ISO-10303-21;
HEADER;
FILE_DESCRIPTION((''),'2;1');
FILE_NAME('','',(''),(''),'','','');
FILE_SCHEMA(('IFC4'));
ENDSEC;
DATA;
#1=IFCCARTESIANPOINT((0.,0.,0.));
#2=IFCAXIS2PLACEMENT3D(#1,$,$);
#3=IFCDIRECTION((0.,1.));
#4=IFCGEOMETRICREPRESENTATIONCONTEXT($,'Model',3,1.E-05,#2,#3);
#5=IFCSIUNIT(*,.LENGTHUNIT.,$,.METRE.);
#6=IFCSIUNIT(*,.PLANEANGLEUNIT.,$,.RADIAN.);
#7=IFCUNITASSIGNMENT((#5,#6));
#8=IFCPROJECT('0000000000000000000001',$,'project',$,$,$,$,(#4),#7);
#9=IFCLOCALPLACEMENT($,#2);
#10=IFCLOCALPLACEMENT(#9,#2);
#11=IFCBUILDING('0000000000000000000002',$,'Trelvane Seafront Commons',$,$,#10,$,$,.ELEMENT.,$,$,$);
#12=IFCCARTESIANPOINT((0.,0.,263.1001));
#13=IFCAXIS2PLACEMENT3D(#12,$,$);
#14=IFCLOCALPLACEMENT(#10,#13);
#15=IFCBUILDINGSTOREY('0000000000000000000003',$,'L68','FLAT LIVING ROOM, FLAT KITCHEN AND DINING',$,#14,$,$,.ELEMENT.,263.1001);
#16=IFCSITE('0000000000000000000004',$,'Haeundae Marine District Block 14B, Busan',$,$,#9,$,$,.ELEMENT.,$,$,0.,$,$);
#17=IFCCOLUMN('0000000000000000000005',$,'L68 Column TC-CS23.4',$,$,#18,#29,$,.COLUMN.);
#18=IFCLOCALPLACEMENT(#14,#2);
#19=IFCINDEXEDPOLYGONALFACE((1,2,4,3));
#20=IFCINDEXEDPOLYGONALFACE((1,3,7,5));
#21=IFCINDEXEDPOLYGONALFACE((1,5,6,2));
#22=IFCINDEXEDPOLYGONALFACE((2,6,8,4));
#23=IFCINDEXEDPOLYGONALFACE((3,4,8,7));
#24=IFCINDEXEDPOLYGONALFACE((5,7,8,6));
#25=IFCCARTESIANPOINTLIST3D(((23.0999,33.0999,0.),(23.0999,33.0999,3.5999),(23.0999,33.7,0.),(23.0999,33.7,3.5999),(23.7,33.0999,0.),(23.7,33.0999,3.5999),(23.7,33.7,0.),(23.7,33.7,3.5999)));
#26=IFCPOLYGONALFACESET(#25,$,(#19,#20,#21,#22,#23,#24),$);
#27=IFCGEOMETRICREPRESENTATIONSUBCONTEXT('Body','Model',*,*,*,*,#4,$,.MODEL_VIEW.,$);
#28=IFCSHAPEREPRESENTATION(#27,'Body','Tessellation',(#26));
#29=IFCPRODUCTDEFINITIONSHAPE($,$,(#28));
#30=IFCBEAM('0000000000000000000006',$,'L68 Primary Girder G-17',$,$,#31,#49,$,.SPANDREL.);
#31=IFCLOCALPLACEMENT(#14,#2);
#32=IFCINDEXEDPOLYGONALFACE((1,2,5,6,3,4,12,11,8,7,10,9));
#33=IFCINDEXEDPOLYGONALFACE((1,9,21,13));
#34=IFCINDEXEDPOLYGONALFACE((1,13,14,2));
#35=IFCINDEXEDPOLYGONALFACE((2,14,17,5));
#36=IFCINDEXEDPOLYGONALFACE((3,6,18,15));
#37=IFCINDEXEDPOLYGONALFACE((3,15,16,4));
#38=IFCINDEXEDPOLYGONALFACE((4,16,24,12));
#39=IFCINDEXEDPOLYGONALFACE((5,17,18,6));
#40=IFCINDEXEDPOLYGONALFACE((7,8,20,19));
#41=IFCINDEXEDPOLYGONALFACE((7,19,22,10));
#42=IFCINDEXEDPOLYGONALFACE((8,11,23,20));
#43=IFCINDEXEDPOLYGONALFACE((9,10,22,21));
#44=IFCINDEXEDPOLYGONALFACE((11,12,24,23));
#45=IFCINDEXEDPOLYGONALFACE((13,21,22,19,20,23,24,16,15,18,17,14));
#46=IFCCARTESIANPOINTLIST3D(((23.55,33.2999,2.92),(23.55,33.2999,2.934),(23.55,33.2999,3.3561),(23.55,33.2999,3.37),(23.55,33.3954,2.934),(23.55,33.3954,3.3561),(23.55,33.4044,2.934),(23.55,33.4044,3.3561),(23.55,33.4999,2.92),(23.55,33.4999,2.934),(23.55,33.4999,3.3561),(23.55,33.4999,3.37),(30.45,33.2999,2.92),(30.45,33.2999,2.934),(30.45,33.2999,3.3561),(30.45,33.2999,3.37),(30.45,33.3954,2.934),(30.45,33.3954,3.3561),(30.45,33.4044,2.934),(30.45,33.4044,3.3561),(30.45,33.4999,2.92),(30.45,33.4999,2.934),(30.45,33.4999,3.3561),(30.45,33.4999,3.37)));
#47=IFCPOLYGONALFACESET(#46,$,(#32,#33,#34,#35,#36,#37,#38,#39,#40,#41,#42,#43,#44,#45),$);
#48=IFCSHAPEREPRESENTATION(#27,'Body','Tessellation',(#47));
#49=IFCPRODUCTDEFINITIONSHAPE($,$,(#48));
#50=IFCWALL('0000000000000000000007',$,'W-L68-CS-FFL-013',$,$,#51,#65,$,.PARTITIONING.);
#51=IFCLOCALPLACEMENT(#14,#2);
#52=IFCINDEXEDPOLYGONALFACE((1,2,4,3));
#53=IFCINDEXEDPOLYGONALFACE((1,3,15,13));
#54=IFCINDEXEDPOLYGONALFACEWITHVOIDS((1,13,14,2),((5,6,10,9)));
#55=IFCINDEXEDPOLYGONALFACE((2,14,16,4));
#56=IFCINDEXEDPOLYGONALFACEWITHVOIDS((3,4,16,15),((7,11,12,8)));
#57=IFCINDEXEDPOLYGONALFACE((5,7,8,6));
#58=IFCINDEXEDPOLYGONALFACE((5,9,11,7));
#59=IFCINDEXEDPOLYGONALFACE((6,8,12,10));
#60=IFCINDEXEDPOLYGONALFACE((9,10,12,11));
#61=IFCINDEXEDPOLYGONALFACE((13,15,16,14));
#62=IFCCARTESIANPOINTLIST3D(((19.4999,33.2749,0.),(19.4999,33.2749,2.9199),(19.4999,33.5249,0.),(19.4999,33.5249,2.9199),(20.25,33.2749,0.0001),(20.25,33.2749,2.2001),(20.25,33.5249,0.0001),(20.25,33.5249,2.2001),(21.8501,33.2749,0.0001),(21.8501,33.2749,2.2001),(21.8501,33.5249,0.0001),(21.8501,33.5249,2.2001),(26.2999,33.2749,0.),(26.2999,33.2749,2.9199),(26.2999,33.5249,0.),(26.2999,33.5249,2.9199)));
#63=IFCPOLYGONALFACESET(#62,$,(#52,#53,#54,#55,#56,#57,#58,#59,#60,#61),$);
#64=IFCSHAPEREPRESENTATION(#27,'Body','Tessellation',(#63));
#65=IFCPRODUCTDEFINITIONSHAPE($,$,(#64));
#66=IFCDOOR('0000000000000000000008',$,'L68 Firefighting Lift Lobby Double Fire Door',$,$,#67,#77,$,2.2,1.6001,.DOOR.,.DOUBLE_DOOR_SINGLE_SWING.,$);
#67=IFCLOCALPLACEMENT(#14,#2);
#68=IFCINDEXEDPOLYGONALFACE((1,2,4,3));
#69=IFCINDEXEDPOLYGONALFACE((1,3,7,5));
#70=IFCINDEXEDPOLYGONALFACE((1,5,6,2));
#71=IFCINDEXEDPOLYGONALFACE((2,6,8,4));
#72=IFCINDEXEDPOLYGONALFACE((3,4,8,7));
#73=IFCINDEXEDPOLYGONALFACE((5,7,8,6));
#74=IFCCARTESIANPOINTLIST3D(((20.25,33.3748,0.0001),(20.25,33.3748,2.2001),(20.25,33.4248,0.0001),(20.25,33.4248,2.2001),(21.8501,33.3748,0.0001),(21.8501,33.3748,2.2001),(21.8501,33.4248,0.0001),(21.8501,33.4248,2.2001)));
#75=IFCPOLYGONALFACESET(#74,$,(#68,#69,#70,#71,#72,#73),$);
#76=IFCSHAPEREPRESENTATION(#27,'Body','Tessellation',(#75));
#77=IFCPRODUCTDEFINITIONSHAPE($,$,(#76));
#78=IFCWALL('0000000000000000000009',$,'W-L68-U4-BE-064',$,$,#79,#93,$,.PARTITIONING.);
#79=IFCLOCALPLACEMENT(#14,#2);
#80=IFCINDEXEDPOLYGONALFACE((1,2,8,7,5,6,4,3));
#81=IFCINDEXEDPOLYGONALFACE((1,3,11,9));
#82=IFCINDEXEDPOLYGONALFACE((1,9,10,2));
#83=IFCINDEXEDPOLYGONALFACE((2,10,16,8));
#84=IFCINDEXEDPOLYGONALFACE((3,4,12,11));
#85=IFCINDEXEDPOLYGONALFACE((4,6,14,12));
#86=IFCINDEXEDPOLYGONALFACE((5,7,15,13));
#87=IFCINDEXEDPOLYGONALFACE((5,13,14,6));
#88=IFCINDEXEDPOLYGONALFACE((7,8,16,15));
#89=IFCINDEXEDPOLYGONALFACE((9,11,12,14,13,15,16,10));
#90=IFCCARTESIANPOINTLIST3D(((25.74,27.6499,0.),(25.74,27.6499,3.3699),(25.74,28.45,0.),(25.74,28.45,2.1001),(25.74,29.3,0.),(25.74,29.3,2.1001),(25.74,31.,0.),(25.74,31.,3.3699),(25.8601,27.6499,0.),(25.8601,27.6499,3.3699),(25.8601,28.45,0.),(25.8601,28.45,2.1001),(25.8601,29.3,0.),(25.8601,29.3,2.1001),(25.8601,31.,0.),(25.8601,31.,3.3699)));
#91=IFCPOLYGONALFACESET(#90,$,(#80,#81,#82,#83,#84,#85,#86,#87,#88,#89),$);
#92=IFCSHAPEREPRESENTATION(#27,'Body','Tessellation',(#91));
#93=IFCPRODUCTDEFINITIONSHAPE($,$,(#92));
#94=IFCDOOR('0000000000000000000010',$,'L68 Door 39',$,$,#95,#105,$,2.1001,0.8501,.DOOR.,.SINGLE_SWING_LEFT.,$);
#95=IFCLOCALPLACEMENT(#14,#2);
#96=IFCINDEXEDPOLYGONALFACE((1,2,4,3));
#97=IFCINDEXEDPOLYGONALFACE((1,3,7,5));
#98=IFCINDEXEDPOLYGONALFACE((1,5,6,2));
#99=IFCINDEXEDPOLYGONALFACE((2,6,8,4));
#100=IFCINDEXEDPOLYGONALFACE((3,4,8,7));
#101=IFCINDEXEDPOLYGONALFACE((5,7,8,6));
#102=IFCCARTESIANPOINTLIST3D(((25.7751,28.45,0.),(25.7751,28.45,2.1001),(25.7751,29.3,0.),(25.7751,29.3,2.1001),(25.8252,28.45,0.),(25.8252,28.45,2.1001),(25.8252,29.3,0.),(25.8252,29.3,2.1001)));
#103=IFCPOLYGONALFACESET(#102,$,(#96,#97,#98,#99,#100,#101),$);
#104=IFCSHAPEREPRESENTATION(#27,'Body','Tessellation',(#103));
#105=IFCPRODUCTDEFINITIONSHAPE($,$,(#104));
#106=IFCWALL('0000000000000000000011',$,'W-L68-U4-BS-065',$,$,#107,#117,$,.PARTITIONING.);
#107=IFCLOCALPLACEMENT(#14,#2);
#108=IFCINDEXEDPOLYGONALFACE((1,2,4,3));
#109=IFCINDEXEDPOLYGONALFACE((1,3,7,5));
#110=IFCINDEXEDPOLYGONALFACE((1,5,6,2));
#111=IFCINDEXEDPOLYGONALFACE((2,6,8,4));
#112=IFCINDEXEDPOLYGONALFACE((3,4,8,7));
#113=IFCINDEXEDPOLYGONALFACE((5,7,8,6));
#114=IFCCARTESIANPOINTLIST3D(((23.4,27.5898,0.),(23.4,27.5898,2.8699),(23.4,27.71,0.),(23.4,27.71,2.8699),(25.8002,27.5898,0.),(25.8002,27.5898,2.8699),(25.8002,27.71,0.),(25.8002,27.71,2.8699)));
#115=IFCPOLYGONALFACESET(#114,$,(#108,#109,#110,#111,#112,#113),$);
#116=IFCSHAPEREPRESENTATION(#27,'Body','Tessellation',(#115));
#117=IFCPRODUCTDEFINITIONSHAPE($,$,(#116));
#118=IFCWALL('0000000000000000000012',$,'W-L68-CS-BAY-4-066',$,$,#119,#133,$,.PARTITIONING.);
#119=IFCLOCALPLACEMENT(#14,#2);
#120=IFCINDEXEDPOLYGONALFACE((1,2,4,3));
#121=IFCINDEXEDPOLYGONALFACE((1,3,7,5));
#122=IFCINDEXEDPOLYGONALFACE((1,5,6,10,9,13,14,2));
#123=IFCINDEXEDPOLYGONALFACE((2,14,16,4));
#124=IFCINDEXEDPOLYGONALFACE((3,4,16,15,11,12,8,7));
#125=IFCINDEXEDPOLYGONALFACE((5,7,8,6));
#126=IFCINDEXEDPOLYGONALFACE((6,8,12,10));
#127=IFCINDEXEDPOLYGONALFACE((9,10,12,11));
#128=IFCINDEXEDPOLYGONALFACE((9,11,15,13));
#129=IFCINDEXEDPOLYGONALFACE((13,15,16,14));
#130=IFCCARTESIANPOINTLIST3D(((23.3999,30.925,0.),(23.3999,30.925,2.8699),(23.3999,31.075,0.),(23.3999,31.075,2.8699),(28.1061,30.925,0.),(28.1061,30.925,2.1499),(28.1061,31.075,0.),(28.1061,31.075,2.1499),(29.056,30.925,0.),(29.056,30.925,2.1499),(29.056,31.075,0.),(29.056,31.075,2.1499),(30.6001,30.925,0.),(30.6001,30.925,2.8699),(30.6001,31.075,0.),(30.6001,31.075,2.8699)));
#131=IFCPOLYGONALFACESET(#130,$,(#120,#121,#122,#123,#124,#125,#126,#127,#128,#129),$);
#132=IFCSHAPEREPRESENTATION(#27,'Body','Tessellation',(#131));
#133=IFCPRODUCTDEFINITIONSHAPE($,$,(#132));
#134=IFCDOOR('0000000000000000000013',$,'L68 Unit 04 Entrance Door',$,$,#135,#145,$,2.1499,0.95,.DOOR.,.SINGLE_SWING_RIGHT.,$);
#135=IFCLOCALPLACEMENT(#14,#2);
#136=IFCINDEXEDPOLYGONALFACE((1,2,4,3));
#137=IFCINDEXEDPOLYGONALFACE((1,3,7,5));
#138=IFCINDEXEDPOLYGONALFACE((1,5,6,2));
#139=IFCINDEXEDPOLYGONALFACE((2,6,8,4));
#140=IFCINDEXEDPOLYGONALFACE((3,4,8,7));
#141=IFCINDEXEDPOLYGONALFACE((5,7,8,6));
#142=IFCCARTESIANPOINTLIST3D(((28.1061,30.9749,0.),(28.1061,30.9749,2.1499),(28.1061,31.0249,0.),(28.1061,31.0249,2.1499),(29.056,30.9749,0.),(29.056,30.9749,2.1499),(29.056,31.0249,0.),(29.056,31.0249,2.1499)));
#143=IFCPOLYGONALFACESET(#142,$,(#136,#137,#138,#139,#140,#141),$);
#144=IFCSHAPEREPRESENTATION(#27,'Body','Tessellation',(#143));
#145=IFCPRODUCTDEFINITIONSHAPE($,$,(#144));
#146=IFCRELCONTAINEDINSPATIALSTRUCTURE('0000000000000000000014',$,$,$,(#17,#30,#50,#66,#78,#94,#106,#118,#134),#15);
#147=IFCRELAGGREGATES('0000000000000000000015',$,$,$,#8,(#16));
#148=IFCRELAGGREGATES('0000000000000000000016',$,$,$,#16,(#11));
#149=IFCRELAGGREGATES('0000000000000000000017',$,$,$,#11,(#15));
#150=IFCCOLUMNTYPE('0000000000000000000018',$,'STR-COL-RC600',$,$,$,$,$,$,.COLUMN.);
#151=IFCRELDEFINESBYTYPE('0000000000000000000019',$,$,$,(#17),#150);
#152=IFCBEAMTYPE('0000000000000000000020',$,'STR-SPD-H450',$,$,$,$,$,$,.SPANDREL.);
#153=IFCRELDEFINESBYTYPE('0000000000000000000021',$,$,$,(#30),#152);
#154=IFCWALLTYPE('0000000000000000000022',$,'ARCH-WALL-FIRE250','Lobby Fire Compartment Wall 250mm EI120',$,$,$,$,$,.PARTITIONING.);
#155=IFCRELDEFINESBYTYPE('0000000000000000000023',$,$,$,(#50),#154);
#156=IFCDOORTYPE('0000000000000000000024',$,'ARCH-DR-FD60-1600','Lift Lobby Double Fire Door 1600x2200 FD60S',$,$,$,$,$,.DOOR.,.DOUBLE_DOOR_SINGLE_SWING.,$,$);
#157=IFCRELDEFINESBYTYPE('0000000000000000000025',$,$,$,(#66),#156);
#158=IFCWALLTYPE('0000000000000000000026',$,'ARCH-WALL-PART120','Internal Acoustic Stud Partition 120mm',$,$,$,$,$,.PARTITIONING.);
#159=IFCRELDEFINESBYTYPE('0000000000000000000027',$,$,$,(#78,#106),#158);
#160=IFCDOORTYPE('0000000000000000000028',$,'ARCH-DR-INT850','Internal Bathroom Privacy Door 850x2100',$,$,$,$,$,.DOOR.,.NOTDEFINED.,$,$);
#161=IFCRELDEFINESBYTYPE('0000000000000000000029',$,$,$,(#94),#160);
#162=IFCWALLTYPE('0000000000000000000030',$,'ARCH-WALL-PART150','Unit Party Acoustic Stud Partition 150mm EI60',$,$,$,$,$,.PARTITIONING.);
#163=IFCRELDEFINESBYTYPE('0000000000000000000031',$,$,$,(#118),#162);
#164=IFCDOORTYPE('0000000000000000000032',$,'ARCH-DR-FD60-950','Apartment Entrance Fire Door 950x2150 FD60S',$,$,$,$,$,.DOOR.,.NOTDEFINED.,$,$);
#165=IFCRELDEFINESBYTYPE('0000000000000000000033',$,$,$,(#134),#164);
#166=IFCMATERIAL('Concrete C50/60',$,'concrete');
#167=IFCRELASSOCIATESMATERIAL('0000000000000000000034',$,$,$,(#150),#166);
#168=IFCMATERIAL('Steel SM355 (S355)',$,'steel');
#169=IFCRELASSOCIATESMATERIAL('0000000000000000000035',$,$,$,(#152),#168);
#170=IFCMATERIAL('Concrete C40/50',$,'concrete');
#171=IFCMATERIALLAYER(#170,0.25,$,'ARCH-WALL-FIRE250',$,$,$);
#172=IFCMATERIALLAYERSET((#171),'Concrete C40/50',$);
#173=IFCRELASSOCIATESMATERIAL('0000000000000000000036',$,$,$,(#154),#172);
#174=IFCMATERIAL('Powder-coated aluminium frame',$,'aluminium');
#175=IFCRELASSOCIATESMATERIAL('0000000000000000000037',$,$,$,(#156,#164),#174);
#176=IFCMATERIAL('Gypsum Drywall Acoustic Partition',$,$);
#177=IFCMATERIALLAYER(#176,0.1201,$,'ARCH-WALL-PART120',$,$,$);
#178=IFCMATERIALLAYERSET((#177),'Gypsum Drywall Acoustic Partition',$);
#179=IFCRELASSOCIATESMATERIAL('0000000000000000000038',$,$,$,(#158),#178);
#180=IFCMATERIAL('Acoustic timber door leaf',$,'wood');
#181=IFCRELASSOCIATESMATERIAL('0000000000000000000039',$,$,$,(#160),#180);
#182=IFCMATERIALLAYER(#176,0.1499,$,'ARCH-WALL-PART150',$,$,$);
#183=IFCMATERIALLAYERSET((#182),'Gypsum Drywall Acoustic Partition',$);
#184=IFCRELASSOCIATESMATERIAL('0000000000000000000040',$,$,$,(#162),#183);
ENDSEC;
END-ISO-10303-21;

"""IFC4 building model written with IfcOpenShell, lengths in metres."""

from ifc_helpers import new_model, si_unit, direction, frame, frame_2d, origin, origin_2d, place, context, subcontext, project, spatial, rectangle, i_section, extrude, source, transform, mapped, material, layer, layer_set, material_profile, profile_set, type_object, element, fill, save


model = new_model("IFC4")

# Units and contexts
model_context = context("Model", 3, precision=1e-05, world=origin(), true_north=direction((0.0, 1.0)))
body_context = subcontext(model_context, "Body", "Model", "MODEL_VIEW")
ifc_project = project(units=[si_unit("LENGTHUNIT", "METRE"), si_unit("PLANEANGLEUNIT", "RADIAN")], contexts=[model_context])

# Site, building, storey
site_placement = place(None, origin())
site = spatial("IfcSite", under=ifc_project, at=site_placement, Name="Haeundae Marine District Block 14B, Busan", CompositionType="ELEMENT", RefElevation=0.0)
building_placement = place(site_placement, origin())
building = spatial("IfcBuilding", under=site, at=building_placement, Name="Trelvane Seafront Commons", CompositionType="ELEMENT")
storey_placement = place(building_placement, frame((0.0, 0.0, 263.1001)))
storey = spatial("IfcBuildingStorey", under=building, at=storey_placement, Name="L68", Description="FLAT LIVING ROOM, FLAT KITCHEN AND DINING", CompositionType="ELEMENT", Elevation=263.1001)

# Column
ifc_material_1 = material(Name="Concrete C50/60", Category="concrete")
ifc_material_profile_1 = material_profile(ifc_material_1, rectangle(XDim=0.6001, YDim=0.6001, at=origin_2d()), Name="RC-600x600")
ifc_profile_set_1 = profile_set([ifc_material_profile_1], Name="Concrete C50/60")
column_type = type_object("IfcColumnType", Name="STR-COL-RC600", PredefinedType="COLUMN", material=ifc_profile_set_1)
shared_shape_1 = source(origin(), body_context, "Body", "SweptSolid", [
    extrude(rectangle(XDim=0.6001, YDim=0.6001, at=origin_2d()), origin(), (0.0, 0.0, 1.0), 3.5999),
])
column_placement = place(storey_placement, frame((23.3999, 33.3999, 0.0), z_axis=(0.0, 0.0, 1.0), x_axis=(1.0, 0.0, 0.0)))
element("IfcColumn", 1, at=column_placement, inside=storey, type_object=column_type, Name="L68 Column TC-CS23.4", PredefinedType="COLUMN", context=body_context, shape_type="MappedRepresentation", body=[
    mapped(shared_shape_1, transform((0.0, 0.0, 0.0), x_axis=(1.0, 0.0, 0.0), y_axis=(0.0, 1.0, 0.0), z_axis=(0.0, 0.0, 1.0), scale=1.0)),
])

# Beam
ifc_material_2 = material(Name="Steel SM355 (S355)", Category="steel")
ifc_material_profile_2 = material_profile(ifc_material_2, i_section(OverallWidth=0.2, OverallDepth=0.45, WebThickness=0.009, FlangeThickness=0.0139, at=origin_2d()), Name="H-450x200x9x14")
ifc_profile_set_2 = profile_set([ifc_material_profile_2], Name="Steel SM355 (S355)")
beam_type = type_object("IfcBeamType", Name="STR-SPD-H450", PredefinedType="SPANDREL", material=ifc_profile_set_2)
shared_shape_2 = source(origin(), body_context, "Body", "SweptSolid", [
    extrude(i_section(OverallWidth=0.2, OverallDepth=0.45, WebThickness=0.009, FlangeThickness=0.0139, at=origin_2d()), origin(), (0.0, 0.0, 1.0), 6.8999),
])
beam_placement = place(storey_placement, frame((23.55, 33.3999, 3.145), z_axis=(1.0, 0.0, 0.0), x_axis=(0.0, 1.0, 0.0)))
element("IfcBeam", 2, at=beam_placement, inside=storey, type_object=beam_type, Name="L68 Primary Girder G-17", PredefinedType="SPANDREL", context=body_context, shape_type="MappedRepresentation", body=[
    mapped(shared_shape_2, transform((0.0, 0.0, 0.0), x_axis=(1.0, 0.0, 0.0), y_axis=(0.0, 1.0, 0.0), z_axis=(0.0, 0.0, 1.0), scale=1.0)),
])

# Walls, openings, doors
ifc_material_3 = material(Name="Concrete C40/50", Category="concrete")
ifc_layer_1 = layer(ifc_material_3, 0.25, Name="ARCH-WALL-FIRE250")
ifc_layer_set_1 = layer_set([ifc_layer_1], Name="Concrete C40/50")
wall_type_1 = type_object("IfcWallType", Name="ARCH-WALL-FIRE250", Description="Lobby Fire Compartment Wall 250mm EI120", PredefinedType="PARTITIONING", material=ifc_layer_set_1)
wall_1_placement = place(storey_placement, frame((19.5, 33.3999, 0.0), z_axis=(0.0, 0.0, 1.0), x_axis=(1.0, 0.0, 0.0)))
wall_1 = element("IfcWall", 3, at=wall_1_placement, inside=storey, type_object=wall_type_1, Name="W-L68-CS-FFL-013", PredefinedType="PARTITIONING", context=body_context, shape_type="SweptSolid", body=[
    extrude(rectangle(XDim=6.8, YDim=0.25, at=frame_2d((3.3999, 0.0))), origin(), (0.0, 0.0, 1.0), 2.9199),
])
opening_1_placement = place(wall_1_placement, frame((0.75, 0.0, 0.0)))
opening_1 = element("IfcOpeningElement", 4, at=opening_1_placement, cuts=wall_1, PredefinedType="OPENING", context=body_context, shape_type="SweptSolid", body=[
    extrude(rectangle(XDim=1.6001, YDim=2.2, at=frame_2d((0.8, 1.1001))), frame((0.0, 0.135, 0.0), z_axis=(0.0, -1.0, 0.0), x_axis=(1.0, 0.0, 0.0)), (0.0, 0.0, 1.0), 0.27),
])
ifc_material_4 = material(Name="Powder-coated aluminium frame", Category="aluminium")
door_type_1 = type_object("IfcDoorType", Name="ARCH-DR-FD60-1600", Description="Lift Lobby Double Fire Door 1600x2200 FD60S", OperationType="DOUBLE_DOOR_SINGLE_SWING", PredefinedType="DOOR", material=ifc_material_4)
shared_shape_3 = source(origin(), body_context, "Body", "SweptSolid", [
    extrude(rectangle(XDim=1.6001, YDim=2.2, at=frame_2d((0.8, 1.1001))), frame((0.0, 0.0249, 0.0), z_axis=(0.0, -1.0, 0.0), x_axis=(1.0, 0.0, 0.0)), (0.0, 0.0, 1.0), 0.05),
])
door_1_placement = place(opening_1_placement, origin())
door_1 = element("IfcDoor", 5, at=door_1_placement, inside=storey, type_object=door_type_1, Name="L68 Firefighting Lift Lobby Double Fire Door", OperationType="DOUBLE_DOOR_SINGLE_SWING", OverallHeight=2.2, OverallWidth=1.6001, PredefinedType="DOOR", context=body_context, shape_type="MappedRepresentation", body=[
    mapped(shared_shape_3, transform((0.0, 0.0, 0.0), x_axis=(1.0, 0.0, 0.0), y_axis=(0.0, 1.0, 0.0), z_axis=(0.0, 0.0, 1.0), scale=1.0)),
])
fill(opening_1, door_1)
ifc_material_5 = material(Name="Acoustic timber door leaf", Category="wood")
shared_shape_4 = source(origin(), body_context, "Body", "SweptSolid", [
    extrude(rectangle(XDim=0.95, YDim=2.1499, at=frame_2d((0.4751, 1.075))), frame((0.0, 0.0249, 0.0), z_axis=(0.0, -1.0, 0.0), x_axis=(1.0, 0.0, 0.0)), (0.0, 0.0, 1.0), 0.05),
])
ifc_material_6 = material(Name="Gypsum Drywall Acoustic Partition")
ifc_layer_2 = layer(ifc_material_6, 0.1201, Name="ARCH-WALL-PART120")
ifc_layer_set_2 = layer_set([ifc_layer_2], Name="Gypsum Drywall Acoustic Partition")
wall_type_2 = type_object("IfcWallType", Name="ARCH-WALL-PART120", Description="Internal Acoustic Stud Partition 120mm", PredefinedType="PARTITIONING", material=ifc_layer_set_2)
wall_2_placement = place(storey_placement, frame((25.8, 27.6499, 0.0), z_axis=(0.0, 0.0, 1.0), x_axis=(0.0, 1.0, 0.0)))
wall_2 = element("IfcWall", 6, at=wall_2_placement, inside=storey, type_object=wall_type_2, Name="W-L68-U4-BE-064", PredefinedType="PARTITIONING", context=body_context, shape_type="SweptSolid", body=[
    extrude(rectangle(XDim=3.3501, YDim=0.1201, at=frame_2d((1.675, 0.0))), origin(), (0.0, 0.0, 1.0), 3.3699),
])
opening_2_placement = place(wall_2_placement, frame((0.8, 0.0, 0.0)))
opening_2 = element("IfcOpeningElement", 7, at=opening_2_placement, cuts=wall_2, PredefinedType="OPENING", context=body_context, shape_type="SweptSolid", body=[
    extrude(rectangle(XDim=0.8501, YDim=2.1001, at=frame_2d((0.425, 1.05))), frame((0.0, 0.0701, 0.0), z_axis=(0.0, -1.0, 0.0), x_axis=(1.0, 0.0, 0.0)), (0.0, 0.0, 1.0), 0.1401),
])
door_type_2 = type_object("IfcDoorType", Name="ARCH-DR-INT850", Description="Internal Bathroom Privacy Door 850x2100", OperationType="NOTDEFINED", PredefinedType="DOOR", material=ifc_material_5)
shared_shape_5 = source(origin(), body_context, "Body", "SweptSolid", [
    extrude(rectangle(XDim=0.8501, YDim=2.1001, at=frame_2d((0.425, 1.05))), frame((0.0, 0.0249, 0.0), z_axis=(0.0, -1.0, 0.0), x_axis=(1.0, 0.0, 0.0)), (0.0, 0.0, 1.0), 0.05),
])
door_2_placement = place(opening_2_placement, origin())
door_2 = element("IfcDoor", 8, at=door_2_placement, inside=storey, type_object=door_type_2, Name="L68 Door 39", OperationType="SINGLE_SWING_LEFT", OverallHeight=2.1001, OverallWidth=0.8501, PredefinedType="DOOR", context=body_context, shape_type="MappedRepresentation", body=[
    mapped(shared_shape_5, transform((0.0, 0.0, 0.0), x_axis=(1.0, 0.0, 0.0), y_axis=(0.0, 1.0, 0.0), z_axis=(0.0, 0.0, 1.0), scale=1.0)),
])
fill(opening_2, door_2)

# Wall
wall_3_placement = place(storey_placement, frame((23.3999, 27.6499, 0.0), z_axis=(0.0, 0.0, 1.0), x_axis=(1.0, 0.0, 0.0)))
element("IfcWall", 9, at=wall_3_placement, inside=storey, type_object=wall_type_2, Name="W-L68-U4-BS-065", PredefinedType="PARTITIONING", context=body_context, shape_type="SweptSolid", body=[
    extrude(rectangle(XDim=2.4001, YDim=0.1201, at=frame_2d((1.2002, 0.0))), origin(), (0.0, 0.0, 1.0), 2.8699),
])

# Wall, opening, door
ifc_layer_3 = layer(ifc_material_6, 0.1499, Name="ARCH-WALL-PART150")
ifc_layer_set_3 = layer_set([ifc_layer_3], Name="Gypsum Drywall Acoustic Partition")
wall_type_3 = type_object("IfcWallType", Name="ARCH-WALL-PART150", Description="Unit Party Acoustic Stud Partition 150mm EI60", PredefinedType="PARTITIONING", material=ifc_layer_set_3)
door_type_3 = type_object("IfcDoorType", Name="ARCH-DR-FD60-950", Description="Apartment Entrance Fire Door 950x2150 FD60S", OperationType="NOTDEFINED", PredefinedType="DOOR", material=ifc_material_4)
wall_4_placement = place(storey_placement, frame((23.3999, 31.0, 0.0), z_axis=(0.0, 0.0, 1.0), x_axis=(1.0, 0.0, 0.0)))
wall_4 = element("IfcWall", 10, at=wall_4_placement, inside=storey, type_object=wall_type_3, Name="W-L68-CS-BAY-4-066", PredefinedType="PARTITIONING", context=body_context, shape_type="SweptSolid", body=[
    extrude(rectangle(XDim=7.2002, YDim=0.1499, at=frame_2d((3.6001, 0.0))), origin(), (0.0, 0.0, 1.0), 2.8699),
])
opening_3_placement = place(wall_4_placement, frame((4.7061, 0.0, 0.0)))
opening_3 = element("IfcOpeningElement", 11, at=opening_3_placement, cuts=wall_4, PredefinedType="OPENING", context=body_context, shape_type="SweptSolid", body=[
    extrude(rectangle(XDim=0.95, YDim=2.1499, at=frame_2d((0.4751, 1.075))), frame((0.0, 0.085, 0.0), z_axis=(0.0, -1.0, 0.0), x_axis=(1.0, 0.0, 0.0)), (0.0, 0.0, 1.0), 0.1699),
])
door_3_placement = place(opening_3_placement, origin())
door_3 = element("IfcDoor", 12, at=door_3_placement, inside=storey, type_object=door_type_3, Name="L68 Unit 04 Entrance Door", OperationType="SINGLE_SWING_RIGHT", OverallHeight=2.1499, OverallWidth=0.95, PredefinedType="DOOR", context=body_context, shape_type="MappedRepresentation", body=[
    mapped(shared_shape_4, transform((0.0, 0.0, 0.0), x_axis=(1.0, 0.0, 0.0), y_axis=(0.0, 1.0, 0.0), z_axis=(0.0, 0.0, 1.0), scale=1.0)),
])
fill(opening_3, door_3)

save(model, "model.ifc")
